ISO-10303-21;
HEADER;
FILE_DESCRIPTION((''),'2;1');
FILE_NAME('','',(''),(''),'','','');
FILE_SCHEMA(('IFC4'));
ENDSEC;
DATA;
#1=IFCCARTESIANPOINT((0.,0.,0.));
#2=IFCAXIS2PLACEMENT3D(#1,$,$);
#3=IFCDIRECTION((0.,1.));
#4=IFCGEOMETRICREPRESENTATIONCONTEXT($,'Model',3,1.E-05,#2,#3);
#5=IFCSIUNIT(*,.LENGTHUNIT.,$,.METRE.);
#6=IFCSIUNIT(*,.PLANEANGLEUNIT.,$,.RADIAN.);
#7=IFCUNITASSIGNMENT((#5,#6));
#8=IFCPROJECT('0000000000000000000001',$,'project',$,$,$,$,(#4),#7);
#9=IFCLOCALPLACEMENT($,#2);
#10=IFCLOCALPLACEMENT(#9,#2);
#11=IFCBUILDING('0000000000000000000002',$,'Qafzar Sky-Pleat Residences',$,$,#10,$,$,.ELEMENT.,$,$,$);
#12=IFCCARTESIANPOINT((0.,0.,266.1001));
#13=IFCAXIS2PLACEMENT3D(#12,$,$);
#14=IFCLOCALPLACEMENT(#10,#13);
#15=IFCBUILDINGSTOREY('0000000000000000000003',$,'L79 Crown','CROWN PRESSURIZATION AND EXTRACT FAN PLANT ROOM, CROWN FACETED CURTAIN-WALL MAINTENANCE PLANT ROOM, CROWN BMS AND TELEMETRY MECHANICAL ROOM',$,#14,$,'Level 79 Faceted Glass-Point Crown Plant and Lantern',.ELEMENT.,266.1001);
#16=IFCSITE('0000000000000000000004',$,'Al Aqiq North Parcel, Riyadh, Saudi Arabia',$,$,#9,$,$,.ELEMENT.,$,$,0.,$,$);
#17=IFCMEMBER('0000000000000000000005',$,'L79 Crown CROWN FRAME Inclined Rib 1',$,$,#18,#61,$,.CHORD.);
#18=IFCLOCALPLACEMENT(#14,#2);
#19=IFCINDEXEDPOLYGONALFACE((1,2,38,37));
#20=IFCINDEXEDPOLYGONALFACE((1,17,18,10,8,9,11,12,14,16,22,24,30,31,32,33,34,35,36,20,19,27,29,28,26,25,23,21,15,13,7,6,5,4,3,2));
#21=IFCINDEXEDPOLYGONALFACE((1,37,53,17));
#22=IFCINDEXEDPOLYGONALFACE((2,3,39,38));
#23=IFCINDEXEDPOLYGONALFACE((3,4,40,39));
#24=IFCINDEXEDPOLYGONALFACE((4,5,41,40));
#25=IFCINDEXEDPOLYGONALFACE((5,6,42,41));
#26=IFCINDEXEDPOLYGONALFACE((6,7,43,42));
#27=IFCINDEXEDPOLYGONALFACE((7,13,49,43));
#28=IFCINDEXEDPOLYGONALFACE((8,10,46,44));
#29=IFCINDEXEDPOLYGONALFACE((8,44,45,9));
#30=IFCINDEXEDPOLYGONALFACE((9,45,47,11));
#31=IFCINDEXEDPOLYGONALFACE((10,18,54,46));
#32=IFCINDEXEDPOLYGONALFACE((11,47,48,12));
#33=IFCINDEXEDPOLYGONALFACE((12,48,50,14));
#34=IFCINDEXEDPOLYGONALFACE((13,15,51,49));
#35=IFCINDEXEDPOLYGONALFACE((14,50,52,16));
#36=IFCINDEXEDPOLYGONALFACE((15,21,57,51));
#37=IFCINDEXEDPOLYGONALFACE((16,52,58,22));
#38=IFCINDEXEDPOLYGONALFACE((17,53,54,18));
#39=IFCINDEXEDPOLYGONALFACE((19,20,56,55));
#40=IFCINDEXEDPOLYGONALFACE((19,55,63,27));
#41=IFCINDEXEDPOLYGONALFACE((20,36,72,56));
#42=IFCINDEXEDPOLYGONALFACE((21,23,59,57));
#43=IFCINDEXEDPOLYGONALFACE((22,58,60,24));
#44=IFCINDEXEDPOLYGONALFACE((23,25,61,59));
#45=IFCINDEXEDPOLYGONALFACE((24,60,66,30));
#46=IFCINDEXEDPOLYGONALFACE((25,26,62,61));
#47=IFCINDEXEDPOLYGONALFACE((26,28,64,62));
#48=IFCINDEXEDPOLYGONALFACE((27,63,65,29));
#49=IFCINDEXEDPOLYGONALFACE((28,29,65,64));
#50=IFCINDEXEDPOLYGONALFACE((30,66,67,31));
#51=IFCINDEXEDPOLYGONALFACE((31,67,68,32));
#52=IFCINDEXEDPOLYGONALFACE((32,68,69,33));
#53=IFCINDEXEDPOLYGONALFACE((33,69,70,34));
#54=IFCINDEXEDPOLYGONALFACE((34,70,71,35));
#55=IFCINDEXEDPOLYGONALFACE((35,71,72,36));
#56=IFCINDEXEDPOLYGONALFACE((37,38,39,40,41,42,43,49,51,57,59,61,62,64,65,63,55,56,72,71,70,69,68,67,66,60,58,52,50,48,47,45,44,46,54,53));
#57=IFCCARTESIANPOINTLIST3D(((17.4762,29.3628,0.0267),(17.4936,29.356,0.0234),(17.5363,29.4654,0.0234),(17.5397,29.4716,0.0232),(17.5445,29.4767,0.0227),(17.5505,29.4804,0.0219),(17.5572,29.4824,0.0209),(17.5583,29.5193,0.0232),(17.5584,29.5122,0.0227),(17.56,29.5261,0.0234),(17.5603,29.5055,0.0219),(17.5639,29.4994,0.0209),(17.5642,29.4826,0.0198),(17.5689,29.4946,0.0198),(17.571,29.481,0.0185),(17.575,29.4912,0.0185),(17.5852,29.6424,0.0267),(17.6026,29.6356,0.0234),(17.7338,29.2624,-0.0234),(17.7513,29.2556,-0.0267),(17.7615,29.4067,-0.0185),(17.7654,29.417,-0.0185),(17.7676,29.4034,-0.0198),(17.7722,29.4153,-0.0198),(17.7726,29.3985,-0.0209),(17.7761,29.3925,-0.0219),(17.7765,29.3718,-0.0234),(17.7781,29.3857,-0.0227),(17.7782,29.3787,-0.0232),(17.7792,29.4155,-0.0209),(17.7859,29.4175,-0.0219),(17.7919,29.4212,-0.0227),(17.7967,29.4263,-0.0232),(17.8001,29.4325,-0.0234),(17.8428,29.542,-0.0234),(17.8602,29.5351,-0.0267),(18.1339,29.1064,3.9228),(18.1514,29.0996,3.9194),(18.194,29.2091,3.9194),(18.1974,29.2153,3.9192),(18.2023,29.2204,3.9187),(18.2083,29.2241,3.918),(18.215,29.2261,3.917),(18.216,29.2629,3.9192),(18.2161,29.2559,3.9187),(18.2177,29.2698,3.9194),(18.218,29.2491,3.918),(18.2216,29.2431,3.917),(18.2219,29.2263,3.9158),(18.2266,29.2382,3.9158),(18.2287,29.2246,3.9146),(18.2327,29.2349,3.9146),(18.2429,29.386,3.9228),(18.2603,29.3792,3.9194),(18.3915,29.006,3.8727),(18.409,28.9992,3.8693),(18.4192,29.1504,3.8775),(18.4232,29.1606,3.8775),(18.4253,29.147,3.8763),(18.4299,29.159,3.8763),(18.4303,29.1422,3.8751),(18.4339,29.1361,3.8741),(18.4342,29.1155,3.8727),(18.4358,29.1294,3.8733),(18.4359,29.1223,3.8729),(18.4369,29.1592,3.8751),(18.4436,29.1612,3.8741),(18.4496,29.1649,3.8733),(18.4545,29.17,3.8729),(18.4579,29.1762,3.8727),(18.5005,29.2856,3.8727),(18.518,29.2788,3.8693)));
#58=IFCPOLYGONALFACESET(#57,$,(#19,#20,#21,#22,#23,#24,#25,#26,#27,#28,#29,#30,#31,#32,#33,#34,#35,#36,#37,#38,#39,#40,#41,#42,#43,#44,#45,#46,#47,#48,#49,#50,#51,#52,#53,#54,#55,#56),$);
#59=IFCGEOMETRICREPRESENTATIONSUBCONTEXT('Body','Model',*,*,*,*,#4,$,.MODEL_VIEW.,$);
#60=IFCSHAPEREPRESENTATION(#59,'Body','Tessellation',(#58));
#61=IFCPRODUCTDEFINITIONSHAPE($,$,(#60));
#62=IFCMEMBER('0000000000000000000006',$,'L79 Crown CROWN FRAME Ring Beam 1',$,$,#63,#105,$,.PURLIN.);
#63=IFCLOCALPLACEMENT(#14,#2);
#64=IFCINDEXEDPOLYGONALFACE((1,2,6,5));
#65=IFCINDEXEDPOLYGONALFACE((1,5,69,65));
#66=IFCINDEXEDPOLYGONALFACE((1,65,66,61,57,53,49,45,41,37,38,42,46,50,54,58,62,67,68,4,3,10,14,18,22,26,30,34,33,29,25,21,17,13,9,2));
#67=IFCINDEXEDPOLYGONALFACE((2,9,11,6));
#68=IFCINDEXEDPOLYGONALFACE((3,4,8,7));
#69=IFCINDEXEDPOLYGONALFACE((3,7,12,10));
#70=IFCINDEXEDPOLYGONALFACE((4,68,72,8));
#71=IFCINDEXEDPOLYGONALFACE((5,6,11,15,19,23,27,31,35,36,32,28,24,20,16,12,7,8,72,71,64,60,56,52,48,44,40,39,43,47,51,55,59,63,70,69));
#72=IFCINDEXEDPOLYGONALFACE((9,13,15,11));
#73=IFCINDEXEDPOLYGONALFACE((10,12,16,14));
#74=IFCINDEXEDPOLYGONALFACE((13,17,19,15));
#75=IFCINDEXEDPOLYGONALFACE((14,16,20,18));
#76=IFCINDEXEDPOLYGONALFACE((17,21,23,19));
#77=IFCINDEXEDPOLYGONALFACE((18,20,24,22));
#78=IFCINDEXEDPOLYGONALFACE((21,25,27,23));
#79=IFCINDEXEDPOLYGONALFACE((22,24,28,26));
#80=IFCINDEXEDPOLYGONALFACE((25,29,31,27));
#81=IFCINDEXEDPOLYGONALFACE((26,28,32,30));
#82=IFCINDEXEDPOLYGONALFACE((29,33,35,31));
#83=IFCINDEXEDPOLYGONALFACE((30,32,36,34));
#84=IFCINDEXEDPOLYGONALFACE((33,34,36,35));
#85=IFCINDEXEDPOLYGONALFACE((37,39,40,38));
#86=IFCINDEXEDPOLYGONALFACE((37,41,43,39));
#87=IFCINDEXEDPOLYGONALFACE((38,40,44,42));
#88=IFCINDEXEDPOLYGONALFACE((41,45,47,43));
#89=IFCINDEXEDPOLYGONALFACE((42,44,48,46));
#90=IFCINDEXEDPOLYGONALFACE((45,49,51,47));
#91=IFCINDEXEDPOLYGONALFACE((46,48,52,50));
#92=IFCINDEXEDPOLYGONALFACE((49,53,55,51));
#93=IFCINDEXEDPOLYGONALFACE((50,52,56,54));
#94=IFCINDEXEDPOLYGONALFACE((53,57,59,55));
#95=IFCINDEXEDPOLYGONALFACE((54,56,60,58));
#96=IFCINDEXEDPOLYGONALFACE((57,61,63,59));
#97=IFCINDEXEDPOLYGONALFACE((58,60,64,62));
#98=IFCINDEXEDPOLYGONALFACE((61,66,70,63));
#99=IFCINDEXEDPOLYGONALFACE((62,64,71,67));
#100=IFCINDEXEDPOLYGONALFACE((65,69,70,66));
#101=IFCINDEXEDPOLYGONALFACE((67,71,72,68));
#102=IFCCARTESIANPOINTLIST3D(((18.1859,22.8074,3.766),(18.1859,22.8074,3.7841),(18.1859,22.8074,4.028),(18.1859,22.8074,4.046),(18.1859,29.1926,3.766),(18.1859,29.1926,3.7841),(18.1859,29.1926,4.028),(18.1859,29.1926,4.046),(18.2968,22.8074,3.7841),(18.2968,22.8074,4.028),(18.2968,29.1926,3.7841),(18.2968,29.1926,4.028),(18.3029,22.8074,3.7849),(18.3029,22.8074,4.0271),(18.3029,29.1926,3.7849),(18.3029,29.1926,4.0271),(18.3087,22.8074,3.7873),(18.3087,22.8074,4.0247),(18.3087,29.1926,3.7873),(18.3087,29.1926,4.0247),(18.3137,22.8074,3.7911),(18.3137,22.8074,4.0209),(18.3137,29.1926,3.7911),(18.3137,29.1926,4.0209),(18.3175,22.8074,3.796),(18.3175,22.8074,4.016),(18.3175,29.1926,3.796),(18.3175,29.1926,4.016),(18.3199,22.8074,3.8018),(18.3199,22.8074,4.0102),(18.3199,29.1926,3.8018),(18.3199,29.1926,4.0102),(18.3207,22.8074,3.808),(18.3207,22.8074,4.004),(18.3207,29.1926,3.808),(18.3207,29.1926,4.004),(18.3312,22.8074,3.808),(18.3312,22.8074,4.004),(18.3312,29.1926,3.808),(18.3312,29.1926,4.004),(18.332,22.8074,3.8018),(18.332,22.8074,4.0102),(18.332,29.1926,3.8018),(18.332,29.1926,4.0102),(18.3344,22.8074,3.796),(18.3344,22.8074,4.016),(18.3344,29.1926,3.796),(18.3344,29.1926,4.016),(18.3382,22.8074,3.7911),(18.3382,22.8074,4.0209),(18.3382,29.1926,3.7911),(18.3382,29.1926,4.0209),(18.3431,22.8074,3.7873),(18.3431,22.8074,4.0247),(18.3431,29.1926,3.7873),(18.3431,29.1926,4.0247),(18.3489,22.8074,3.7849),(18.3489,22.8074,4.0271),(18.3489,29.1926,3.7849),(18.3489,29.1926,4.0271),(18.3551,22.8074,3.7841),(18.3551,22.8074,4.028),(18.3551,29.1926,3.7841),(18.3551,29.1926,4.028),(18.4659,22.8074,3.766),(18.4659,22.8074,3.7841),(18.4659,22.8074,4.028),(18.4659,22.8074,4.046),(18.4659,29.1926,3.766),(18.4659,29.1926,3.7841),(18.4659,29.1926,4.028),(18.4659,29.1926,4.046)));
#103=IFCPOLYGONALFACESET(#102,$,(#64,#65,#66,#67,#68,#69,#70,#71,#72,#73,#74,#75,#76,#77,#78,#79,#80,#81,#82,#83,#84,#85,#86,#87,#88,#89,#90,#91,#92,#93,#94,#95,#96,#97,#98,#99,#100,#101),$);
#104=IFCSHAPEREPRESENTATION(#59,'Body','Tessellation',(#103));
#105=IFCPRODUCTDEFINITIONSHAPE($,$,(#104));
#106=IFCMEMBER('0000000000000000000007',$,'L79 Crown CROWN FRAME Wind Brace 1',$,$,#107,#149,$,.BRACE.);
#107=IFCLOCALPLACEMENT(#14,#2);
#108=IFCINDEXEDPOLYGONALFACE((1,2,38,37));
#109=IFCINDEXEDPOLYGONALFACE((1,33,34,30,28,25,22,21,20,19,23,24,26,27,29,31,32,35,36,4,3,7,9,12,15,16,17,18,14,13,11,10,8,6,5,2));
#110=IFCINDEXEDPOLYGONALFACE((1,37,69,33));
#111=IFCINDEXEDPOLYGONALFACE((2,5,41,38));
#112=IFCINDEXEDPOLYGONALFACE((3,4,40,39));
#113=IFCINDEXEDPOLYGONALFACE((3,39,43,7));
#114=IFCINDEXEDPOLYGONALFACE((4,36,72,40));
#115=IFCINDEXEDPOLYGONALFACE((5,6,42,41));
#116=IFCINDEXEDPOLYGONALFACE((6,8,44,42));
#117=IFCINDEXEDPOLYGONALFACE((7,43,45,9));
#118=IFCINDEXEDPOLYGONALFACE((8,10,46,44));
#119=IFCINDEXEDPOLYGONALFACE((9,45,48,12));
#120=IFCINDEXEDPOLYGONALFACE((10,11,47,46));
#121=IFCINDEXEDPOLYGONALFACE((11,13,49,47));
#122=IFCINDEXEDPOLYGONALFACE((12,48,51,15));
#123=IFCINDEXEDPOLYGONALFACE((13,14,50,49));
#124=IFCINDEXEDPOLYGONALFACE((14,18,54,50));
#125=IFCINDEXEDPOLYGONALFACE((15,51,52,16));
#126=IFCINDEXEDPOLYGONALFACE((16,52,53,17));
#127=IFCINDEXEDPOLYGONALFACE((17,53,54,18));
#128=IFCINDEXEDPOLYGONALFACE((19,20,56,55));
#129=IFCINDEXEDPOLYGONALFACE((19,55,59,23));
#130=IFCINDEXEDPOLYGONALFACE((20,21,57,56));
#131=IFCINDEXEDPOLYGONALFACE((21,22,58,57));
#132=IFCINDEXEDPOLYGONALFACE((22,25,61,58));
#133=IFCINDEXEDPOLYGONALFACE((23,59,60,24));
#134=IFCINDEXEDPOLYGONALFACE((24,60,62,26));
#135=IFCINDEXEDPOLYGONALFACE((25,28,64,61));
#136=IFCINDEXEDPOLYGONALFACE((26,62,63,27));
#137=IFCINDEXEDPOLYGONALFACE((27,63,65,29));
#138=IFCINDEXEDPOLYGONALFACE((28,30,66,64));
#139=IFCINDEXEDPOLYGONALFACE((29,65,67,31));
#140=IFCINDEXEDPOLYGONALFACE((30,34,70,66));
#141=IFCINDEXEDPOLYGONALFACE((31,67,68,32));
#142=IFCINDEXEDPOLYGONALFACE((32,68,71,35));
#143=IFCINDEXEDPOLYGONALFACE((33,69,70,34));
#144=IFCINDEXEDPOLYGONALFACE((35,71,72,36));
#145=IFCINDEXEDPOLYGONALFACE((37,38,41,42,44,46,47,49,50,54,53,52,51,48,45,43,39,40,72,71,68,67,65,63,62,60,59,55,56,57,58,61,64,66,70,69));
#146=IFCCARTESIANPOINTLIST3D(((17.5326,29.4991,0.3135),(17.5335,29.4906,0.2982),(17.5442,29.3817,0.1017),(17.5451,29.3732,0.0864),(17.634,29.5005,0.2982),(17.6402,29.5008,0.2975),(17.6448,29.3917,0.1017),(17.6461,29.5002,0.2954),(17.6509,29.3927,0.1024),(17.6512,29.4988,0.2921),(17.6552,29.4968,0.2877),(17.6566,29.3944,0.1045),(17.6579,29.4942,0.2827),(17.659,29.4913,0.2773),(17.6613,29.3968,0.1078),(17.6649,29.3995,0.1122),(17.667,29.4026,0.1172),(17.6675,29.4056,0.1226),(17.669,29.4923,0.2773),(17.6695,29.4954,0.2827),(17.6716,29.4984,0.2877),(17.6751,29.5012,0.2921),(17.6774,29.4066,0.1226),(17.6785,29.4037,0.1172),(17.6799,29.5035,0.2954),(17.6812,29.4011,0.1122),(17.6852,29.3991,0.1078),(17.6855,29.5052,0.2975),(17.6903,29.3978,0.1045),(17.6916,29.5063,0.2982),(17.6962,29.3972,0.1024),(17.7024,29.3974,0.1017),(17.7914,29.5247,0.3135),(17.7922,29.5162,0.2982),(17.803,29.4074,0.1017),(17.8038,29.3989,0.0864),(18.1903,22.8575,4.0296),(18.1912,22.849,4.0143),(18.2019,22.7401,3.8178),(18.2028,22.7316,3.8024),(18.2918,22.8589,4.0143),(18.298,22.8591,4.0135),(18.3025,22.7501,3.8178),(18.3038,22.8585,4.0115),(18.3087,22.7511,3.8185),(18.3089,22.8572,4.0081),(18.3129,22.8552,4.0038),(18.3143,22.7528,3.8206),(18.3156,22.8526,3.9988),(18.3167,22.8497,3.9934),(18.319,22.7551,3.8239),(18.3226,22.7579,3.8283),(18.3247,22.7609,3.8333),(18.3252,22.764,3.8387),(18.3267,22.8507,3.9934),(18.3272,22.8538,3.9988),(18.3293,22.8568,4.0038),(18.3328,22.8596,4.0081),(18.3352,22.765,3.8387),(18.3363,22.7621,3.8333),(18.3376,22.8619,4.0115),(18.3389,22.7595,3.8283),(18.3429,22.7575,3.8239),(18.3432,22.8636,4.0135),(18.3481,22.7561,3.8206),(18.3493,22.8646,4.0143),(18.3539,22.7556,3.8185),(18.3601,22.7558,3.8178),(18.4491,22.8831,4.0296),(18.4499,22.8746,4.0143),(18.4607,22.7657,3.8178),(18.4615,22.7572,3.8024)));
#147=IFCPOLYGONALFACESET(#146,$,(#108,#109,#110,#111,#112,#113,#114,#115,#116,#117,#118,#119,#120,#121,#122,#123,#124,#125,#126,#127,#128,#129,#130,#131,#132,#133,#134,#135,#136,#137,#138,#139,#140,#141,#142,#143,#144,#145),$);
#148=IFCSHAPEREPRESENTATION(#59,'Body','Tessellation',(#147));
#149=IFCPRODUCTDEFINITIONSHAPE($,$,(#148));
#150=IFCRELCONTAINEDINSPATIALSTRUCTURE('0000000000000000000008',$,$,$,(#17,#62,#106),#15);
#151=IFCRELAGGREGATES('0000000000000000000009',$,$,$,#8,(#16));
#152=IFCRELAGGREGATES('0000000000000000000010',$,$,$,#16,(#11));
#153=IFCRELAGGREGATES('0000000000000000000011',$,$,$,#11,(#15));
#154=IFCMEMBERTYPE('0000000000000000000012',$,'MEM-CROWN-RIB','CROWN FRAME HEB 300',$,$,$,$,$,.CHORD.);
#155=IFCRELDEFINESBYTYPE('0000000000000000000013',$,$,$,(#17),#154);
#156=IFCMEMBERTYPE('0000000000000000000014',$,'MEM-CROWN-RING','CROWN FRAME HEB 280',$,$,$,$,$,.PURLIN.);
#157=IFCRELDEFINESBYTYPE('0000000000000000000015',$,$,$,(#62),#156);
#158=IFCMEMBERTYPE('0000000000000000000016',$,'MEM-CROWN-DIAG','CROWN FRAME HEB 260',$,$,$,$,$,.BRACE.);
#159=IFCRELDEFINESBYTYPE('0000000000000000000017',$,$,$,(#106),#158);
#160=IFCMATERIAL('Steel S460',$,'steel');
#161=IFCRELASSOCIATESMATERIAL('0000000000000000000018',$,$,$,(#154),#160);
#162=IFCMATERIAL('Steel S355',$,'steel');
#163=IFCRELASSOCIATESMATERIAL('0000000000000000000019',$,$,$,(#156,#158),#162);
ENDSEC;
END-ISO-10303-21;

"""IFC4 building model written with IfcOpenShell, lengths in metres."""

from ifc_helpers import new_model, si_unit, direction, frame, origin, origin_2d, place, context, subcontext, project, spatial, i_section, extrude, source, transform, mapped, material, material_profile, profile_set, type_object, element, save


model = new_model("IFC4")

# Units and contexts
model_context = context("Model", 3, precision=1e-05, world=origin(), true_north=direction((0.0, 1.0)))
body_context = subcontext(model_context, "Body", "Model", "MODEL_VIEW")
ifc_project = project(units=[si_unit("LENGTHUNIT", "METRE"), si_unit("PLANEANGLEUNIT", "RADIAN")], contexts=[model_context])

# Site, building, storey
site_placement = place(None, origin())
site = spatial("IfcSite", under=ifc_project, at=site_placement, Name="Al Aqiq North Parcel, Riyadh, Saudi Arabia", CompositionType="ELEMENT", RefElevation=0.0)
building_placement = place(site_placement, origin())
building = spatial("IfcBuilding", under=site, at=building_placement, Name="Qafzar Sky-Pleat Residences", CompositionType="ELEMENT")
storey_placement = place(building_placement, frame((0.0, 0.0, 266.1001)))
storey = spatial("IfcBuildingStorey", under=building, at=storey_placement, Name="L79 Crown", Description="CROWN PRESSURIZATION AND EXTRACT FAN PLANT ROOM, CROWN FACETED CURTAIN-WALL MAINTENANCE PLANT ROOM, CROWN BMS AND TELEMETRY MECHANICAL ROOM", LongName="Level 79 Faceted Glass-Point Crown Plant and Lantern", CompositionType="ELEMENT", Elevation=266.1001)

# Members
ifc_material_1 = material(Name="Steel S460", Category="steel")
ifc_material_profile_1 = material_profile(ifc_material_1, i_section(OverallWidth=0.3, OverallDepth=0.3, WebThickness=0.011, FlangeThickness=0.019, FilletRadius=0.0271, at=origin_2d()), Name="HEB 300")
ifc_profile_set_1 = profile_set([ifc_material_profile_1], Name="Steel S460")
member_type_1 = type_object("IfcMemberType", Name="MEM-CROWN-RIB", Description="CROWN FRAME HEB 300", PredefinedType="CHORD", material=ifc_profile_set_1)
shared_shape_1 = source(origin(), body_context, "Body", "SweptSolid", [
    extrude(i_section(OverallWidth=0.3, OverallDepth=0.3, WebThickness=0.011, FlangeThickness=0.019, FilletRadius=0.0271, at=origin_2d()), origin(), (0.0, 0.0, 1.0), 3.9595),
])
member_1_placement = place(storey_placement, frame((17.6682, 29.449, 0.0), z_axis=(0.166114, -0.064744, 0.983979), x_axis=(0.363147, 0.931732, 0.0)))
element("IfcMember", 1, at=member_1_placement, inside=storey, type_object=member_type_1, Name="L79 Crown CROWN FRAME Inclined Rib 1", PredefinedType="CHORD", context=body_context, shape_type="MappedRepresentation", body=[
    mapped(shared_shape_1, transform((0.0, 0.0, 0.0), x_axis=(1.0, 0.0, 0.0), y_axis=(0.0, 1.0, 0.0), z_axis=(0.0, 0.0, 1.0), scale=1.0)),
])
ifc_material_2 = material(Name="Steel S355", Category="steel")
ifc_material_profile_2 = material_profile(ifc_material_2, i_section(OverallWidth=0.28, OverallDepth=0.28, WebThickness=0.0105, FlangeThickness=0.0181, FilletRadius=0.0239, at=origin_2d()), Name="HEB 280")
ifc_profile_set_2 = profile_set([ifc_material_profile_2], Name="Steel S355")
member_type_2 = type_object("IfcMemberType", Name="MEM-CROWN-RING", Description="CROWN FRAME HEB 280", PredefinedType="PURLIN", material=ifc_profile_set_2)
shared_shape_2 = source(origin(), body_context, "Body", "SweptSolid", [
    extrude(i_section(OverallWidth=0.28, OverallDepth=0.28, WebThickness=0.0105, FlangeThickness=0.0181, FilletRadius=0.0239, at=origin_2d()), origin(), (0.0, 0.0, 1.0), 6.3853),
])
member_2_placement = place(storey_placement, frame((18.3259, 29.1926, 3.906), z_axis=(0.0, -1.0, 0.0), x_axis=(1.0, 0.0, 0.0)))
element("IfcMember", 2, at=member_2_placement, inside=storey, type_object=member_type_2, Name="L79 Crown CROWN FRAME Ring Beam 1", PredefinedType="PURLIN", context=body_context, shape_type="MappedRepresentation", body=[
    mapped(shared_shape_2, transform((0.0, 0.0, 0.0), x_axis=(1.0, 0.0, 0.0), y_axis=(0.0, 1.0, 0.0), z_axis=(0.0, 0.0, 1.0), scale=1.0)),
])
ifc_material_profile_3 = material_profile(ifc_material_2, i_section(OverallWidth=0.26, OverallDepth=0.26, WebThickness=0.01, FlangeThickness=0.0176, FilletRadius=0.0239, at=origin_2d()), Name="HEB 260")
ifc_profile_set_3 = profile_set([ifc_material_profile_3], Name="Steel S355")
member_type_3 = type_object("IfcMemberType", Name="MEM-CROWN-DIAG", Description="CROWN FRAME HEB 260", PredefinedType="BRACE", material=ifc_profile_set_3)
shared_shape_3 = source(origin(), body_context, "Body", "SweptSolid", [
    extrude(i_section(OverallWidth=0.26, OverallDepth=0.26, WebThickness=0.01, FlangeThickness=0.0176, FilletRadius=0.0239, at=origin_2d()), origin(), (0.0, 0.0, 1.0), 7.6389),
])
member_3_placement = place(storey_placement, frame((17.6682, 29.449, 0.2), z_axis=(0.086101, -0.869446, 0.486467), x_axis=(0.995132, 0.098548, 0.0)))
element("IfcMember", 3, at=member_3_placement, inside=storey, type_object=member_type_3, Name="L79 Crown CROWN FRAME Wind Brace 1", PredefinedType="BRACE", context=body_context, shape_type="MappedRepresentation", body=[
    mapped(shared_shape_3, transform((0.0, 0.0, 0.0), x_axis=(1.0, 0.0, 0.0), y_axis=(0.0, 1.0, 0.0), z_axis=(0.0, 0.0, 1.0), scale=1.0)),
])

save(model, "model.ifc")
